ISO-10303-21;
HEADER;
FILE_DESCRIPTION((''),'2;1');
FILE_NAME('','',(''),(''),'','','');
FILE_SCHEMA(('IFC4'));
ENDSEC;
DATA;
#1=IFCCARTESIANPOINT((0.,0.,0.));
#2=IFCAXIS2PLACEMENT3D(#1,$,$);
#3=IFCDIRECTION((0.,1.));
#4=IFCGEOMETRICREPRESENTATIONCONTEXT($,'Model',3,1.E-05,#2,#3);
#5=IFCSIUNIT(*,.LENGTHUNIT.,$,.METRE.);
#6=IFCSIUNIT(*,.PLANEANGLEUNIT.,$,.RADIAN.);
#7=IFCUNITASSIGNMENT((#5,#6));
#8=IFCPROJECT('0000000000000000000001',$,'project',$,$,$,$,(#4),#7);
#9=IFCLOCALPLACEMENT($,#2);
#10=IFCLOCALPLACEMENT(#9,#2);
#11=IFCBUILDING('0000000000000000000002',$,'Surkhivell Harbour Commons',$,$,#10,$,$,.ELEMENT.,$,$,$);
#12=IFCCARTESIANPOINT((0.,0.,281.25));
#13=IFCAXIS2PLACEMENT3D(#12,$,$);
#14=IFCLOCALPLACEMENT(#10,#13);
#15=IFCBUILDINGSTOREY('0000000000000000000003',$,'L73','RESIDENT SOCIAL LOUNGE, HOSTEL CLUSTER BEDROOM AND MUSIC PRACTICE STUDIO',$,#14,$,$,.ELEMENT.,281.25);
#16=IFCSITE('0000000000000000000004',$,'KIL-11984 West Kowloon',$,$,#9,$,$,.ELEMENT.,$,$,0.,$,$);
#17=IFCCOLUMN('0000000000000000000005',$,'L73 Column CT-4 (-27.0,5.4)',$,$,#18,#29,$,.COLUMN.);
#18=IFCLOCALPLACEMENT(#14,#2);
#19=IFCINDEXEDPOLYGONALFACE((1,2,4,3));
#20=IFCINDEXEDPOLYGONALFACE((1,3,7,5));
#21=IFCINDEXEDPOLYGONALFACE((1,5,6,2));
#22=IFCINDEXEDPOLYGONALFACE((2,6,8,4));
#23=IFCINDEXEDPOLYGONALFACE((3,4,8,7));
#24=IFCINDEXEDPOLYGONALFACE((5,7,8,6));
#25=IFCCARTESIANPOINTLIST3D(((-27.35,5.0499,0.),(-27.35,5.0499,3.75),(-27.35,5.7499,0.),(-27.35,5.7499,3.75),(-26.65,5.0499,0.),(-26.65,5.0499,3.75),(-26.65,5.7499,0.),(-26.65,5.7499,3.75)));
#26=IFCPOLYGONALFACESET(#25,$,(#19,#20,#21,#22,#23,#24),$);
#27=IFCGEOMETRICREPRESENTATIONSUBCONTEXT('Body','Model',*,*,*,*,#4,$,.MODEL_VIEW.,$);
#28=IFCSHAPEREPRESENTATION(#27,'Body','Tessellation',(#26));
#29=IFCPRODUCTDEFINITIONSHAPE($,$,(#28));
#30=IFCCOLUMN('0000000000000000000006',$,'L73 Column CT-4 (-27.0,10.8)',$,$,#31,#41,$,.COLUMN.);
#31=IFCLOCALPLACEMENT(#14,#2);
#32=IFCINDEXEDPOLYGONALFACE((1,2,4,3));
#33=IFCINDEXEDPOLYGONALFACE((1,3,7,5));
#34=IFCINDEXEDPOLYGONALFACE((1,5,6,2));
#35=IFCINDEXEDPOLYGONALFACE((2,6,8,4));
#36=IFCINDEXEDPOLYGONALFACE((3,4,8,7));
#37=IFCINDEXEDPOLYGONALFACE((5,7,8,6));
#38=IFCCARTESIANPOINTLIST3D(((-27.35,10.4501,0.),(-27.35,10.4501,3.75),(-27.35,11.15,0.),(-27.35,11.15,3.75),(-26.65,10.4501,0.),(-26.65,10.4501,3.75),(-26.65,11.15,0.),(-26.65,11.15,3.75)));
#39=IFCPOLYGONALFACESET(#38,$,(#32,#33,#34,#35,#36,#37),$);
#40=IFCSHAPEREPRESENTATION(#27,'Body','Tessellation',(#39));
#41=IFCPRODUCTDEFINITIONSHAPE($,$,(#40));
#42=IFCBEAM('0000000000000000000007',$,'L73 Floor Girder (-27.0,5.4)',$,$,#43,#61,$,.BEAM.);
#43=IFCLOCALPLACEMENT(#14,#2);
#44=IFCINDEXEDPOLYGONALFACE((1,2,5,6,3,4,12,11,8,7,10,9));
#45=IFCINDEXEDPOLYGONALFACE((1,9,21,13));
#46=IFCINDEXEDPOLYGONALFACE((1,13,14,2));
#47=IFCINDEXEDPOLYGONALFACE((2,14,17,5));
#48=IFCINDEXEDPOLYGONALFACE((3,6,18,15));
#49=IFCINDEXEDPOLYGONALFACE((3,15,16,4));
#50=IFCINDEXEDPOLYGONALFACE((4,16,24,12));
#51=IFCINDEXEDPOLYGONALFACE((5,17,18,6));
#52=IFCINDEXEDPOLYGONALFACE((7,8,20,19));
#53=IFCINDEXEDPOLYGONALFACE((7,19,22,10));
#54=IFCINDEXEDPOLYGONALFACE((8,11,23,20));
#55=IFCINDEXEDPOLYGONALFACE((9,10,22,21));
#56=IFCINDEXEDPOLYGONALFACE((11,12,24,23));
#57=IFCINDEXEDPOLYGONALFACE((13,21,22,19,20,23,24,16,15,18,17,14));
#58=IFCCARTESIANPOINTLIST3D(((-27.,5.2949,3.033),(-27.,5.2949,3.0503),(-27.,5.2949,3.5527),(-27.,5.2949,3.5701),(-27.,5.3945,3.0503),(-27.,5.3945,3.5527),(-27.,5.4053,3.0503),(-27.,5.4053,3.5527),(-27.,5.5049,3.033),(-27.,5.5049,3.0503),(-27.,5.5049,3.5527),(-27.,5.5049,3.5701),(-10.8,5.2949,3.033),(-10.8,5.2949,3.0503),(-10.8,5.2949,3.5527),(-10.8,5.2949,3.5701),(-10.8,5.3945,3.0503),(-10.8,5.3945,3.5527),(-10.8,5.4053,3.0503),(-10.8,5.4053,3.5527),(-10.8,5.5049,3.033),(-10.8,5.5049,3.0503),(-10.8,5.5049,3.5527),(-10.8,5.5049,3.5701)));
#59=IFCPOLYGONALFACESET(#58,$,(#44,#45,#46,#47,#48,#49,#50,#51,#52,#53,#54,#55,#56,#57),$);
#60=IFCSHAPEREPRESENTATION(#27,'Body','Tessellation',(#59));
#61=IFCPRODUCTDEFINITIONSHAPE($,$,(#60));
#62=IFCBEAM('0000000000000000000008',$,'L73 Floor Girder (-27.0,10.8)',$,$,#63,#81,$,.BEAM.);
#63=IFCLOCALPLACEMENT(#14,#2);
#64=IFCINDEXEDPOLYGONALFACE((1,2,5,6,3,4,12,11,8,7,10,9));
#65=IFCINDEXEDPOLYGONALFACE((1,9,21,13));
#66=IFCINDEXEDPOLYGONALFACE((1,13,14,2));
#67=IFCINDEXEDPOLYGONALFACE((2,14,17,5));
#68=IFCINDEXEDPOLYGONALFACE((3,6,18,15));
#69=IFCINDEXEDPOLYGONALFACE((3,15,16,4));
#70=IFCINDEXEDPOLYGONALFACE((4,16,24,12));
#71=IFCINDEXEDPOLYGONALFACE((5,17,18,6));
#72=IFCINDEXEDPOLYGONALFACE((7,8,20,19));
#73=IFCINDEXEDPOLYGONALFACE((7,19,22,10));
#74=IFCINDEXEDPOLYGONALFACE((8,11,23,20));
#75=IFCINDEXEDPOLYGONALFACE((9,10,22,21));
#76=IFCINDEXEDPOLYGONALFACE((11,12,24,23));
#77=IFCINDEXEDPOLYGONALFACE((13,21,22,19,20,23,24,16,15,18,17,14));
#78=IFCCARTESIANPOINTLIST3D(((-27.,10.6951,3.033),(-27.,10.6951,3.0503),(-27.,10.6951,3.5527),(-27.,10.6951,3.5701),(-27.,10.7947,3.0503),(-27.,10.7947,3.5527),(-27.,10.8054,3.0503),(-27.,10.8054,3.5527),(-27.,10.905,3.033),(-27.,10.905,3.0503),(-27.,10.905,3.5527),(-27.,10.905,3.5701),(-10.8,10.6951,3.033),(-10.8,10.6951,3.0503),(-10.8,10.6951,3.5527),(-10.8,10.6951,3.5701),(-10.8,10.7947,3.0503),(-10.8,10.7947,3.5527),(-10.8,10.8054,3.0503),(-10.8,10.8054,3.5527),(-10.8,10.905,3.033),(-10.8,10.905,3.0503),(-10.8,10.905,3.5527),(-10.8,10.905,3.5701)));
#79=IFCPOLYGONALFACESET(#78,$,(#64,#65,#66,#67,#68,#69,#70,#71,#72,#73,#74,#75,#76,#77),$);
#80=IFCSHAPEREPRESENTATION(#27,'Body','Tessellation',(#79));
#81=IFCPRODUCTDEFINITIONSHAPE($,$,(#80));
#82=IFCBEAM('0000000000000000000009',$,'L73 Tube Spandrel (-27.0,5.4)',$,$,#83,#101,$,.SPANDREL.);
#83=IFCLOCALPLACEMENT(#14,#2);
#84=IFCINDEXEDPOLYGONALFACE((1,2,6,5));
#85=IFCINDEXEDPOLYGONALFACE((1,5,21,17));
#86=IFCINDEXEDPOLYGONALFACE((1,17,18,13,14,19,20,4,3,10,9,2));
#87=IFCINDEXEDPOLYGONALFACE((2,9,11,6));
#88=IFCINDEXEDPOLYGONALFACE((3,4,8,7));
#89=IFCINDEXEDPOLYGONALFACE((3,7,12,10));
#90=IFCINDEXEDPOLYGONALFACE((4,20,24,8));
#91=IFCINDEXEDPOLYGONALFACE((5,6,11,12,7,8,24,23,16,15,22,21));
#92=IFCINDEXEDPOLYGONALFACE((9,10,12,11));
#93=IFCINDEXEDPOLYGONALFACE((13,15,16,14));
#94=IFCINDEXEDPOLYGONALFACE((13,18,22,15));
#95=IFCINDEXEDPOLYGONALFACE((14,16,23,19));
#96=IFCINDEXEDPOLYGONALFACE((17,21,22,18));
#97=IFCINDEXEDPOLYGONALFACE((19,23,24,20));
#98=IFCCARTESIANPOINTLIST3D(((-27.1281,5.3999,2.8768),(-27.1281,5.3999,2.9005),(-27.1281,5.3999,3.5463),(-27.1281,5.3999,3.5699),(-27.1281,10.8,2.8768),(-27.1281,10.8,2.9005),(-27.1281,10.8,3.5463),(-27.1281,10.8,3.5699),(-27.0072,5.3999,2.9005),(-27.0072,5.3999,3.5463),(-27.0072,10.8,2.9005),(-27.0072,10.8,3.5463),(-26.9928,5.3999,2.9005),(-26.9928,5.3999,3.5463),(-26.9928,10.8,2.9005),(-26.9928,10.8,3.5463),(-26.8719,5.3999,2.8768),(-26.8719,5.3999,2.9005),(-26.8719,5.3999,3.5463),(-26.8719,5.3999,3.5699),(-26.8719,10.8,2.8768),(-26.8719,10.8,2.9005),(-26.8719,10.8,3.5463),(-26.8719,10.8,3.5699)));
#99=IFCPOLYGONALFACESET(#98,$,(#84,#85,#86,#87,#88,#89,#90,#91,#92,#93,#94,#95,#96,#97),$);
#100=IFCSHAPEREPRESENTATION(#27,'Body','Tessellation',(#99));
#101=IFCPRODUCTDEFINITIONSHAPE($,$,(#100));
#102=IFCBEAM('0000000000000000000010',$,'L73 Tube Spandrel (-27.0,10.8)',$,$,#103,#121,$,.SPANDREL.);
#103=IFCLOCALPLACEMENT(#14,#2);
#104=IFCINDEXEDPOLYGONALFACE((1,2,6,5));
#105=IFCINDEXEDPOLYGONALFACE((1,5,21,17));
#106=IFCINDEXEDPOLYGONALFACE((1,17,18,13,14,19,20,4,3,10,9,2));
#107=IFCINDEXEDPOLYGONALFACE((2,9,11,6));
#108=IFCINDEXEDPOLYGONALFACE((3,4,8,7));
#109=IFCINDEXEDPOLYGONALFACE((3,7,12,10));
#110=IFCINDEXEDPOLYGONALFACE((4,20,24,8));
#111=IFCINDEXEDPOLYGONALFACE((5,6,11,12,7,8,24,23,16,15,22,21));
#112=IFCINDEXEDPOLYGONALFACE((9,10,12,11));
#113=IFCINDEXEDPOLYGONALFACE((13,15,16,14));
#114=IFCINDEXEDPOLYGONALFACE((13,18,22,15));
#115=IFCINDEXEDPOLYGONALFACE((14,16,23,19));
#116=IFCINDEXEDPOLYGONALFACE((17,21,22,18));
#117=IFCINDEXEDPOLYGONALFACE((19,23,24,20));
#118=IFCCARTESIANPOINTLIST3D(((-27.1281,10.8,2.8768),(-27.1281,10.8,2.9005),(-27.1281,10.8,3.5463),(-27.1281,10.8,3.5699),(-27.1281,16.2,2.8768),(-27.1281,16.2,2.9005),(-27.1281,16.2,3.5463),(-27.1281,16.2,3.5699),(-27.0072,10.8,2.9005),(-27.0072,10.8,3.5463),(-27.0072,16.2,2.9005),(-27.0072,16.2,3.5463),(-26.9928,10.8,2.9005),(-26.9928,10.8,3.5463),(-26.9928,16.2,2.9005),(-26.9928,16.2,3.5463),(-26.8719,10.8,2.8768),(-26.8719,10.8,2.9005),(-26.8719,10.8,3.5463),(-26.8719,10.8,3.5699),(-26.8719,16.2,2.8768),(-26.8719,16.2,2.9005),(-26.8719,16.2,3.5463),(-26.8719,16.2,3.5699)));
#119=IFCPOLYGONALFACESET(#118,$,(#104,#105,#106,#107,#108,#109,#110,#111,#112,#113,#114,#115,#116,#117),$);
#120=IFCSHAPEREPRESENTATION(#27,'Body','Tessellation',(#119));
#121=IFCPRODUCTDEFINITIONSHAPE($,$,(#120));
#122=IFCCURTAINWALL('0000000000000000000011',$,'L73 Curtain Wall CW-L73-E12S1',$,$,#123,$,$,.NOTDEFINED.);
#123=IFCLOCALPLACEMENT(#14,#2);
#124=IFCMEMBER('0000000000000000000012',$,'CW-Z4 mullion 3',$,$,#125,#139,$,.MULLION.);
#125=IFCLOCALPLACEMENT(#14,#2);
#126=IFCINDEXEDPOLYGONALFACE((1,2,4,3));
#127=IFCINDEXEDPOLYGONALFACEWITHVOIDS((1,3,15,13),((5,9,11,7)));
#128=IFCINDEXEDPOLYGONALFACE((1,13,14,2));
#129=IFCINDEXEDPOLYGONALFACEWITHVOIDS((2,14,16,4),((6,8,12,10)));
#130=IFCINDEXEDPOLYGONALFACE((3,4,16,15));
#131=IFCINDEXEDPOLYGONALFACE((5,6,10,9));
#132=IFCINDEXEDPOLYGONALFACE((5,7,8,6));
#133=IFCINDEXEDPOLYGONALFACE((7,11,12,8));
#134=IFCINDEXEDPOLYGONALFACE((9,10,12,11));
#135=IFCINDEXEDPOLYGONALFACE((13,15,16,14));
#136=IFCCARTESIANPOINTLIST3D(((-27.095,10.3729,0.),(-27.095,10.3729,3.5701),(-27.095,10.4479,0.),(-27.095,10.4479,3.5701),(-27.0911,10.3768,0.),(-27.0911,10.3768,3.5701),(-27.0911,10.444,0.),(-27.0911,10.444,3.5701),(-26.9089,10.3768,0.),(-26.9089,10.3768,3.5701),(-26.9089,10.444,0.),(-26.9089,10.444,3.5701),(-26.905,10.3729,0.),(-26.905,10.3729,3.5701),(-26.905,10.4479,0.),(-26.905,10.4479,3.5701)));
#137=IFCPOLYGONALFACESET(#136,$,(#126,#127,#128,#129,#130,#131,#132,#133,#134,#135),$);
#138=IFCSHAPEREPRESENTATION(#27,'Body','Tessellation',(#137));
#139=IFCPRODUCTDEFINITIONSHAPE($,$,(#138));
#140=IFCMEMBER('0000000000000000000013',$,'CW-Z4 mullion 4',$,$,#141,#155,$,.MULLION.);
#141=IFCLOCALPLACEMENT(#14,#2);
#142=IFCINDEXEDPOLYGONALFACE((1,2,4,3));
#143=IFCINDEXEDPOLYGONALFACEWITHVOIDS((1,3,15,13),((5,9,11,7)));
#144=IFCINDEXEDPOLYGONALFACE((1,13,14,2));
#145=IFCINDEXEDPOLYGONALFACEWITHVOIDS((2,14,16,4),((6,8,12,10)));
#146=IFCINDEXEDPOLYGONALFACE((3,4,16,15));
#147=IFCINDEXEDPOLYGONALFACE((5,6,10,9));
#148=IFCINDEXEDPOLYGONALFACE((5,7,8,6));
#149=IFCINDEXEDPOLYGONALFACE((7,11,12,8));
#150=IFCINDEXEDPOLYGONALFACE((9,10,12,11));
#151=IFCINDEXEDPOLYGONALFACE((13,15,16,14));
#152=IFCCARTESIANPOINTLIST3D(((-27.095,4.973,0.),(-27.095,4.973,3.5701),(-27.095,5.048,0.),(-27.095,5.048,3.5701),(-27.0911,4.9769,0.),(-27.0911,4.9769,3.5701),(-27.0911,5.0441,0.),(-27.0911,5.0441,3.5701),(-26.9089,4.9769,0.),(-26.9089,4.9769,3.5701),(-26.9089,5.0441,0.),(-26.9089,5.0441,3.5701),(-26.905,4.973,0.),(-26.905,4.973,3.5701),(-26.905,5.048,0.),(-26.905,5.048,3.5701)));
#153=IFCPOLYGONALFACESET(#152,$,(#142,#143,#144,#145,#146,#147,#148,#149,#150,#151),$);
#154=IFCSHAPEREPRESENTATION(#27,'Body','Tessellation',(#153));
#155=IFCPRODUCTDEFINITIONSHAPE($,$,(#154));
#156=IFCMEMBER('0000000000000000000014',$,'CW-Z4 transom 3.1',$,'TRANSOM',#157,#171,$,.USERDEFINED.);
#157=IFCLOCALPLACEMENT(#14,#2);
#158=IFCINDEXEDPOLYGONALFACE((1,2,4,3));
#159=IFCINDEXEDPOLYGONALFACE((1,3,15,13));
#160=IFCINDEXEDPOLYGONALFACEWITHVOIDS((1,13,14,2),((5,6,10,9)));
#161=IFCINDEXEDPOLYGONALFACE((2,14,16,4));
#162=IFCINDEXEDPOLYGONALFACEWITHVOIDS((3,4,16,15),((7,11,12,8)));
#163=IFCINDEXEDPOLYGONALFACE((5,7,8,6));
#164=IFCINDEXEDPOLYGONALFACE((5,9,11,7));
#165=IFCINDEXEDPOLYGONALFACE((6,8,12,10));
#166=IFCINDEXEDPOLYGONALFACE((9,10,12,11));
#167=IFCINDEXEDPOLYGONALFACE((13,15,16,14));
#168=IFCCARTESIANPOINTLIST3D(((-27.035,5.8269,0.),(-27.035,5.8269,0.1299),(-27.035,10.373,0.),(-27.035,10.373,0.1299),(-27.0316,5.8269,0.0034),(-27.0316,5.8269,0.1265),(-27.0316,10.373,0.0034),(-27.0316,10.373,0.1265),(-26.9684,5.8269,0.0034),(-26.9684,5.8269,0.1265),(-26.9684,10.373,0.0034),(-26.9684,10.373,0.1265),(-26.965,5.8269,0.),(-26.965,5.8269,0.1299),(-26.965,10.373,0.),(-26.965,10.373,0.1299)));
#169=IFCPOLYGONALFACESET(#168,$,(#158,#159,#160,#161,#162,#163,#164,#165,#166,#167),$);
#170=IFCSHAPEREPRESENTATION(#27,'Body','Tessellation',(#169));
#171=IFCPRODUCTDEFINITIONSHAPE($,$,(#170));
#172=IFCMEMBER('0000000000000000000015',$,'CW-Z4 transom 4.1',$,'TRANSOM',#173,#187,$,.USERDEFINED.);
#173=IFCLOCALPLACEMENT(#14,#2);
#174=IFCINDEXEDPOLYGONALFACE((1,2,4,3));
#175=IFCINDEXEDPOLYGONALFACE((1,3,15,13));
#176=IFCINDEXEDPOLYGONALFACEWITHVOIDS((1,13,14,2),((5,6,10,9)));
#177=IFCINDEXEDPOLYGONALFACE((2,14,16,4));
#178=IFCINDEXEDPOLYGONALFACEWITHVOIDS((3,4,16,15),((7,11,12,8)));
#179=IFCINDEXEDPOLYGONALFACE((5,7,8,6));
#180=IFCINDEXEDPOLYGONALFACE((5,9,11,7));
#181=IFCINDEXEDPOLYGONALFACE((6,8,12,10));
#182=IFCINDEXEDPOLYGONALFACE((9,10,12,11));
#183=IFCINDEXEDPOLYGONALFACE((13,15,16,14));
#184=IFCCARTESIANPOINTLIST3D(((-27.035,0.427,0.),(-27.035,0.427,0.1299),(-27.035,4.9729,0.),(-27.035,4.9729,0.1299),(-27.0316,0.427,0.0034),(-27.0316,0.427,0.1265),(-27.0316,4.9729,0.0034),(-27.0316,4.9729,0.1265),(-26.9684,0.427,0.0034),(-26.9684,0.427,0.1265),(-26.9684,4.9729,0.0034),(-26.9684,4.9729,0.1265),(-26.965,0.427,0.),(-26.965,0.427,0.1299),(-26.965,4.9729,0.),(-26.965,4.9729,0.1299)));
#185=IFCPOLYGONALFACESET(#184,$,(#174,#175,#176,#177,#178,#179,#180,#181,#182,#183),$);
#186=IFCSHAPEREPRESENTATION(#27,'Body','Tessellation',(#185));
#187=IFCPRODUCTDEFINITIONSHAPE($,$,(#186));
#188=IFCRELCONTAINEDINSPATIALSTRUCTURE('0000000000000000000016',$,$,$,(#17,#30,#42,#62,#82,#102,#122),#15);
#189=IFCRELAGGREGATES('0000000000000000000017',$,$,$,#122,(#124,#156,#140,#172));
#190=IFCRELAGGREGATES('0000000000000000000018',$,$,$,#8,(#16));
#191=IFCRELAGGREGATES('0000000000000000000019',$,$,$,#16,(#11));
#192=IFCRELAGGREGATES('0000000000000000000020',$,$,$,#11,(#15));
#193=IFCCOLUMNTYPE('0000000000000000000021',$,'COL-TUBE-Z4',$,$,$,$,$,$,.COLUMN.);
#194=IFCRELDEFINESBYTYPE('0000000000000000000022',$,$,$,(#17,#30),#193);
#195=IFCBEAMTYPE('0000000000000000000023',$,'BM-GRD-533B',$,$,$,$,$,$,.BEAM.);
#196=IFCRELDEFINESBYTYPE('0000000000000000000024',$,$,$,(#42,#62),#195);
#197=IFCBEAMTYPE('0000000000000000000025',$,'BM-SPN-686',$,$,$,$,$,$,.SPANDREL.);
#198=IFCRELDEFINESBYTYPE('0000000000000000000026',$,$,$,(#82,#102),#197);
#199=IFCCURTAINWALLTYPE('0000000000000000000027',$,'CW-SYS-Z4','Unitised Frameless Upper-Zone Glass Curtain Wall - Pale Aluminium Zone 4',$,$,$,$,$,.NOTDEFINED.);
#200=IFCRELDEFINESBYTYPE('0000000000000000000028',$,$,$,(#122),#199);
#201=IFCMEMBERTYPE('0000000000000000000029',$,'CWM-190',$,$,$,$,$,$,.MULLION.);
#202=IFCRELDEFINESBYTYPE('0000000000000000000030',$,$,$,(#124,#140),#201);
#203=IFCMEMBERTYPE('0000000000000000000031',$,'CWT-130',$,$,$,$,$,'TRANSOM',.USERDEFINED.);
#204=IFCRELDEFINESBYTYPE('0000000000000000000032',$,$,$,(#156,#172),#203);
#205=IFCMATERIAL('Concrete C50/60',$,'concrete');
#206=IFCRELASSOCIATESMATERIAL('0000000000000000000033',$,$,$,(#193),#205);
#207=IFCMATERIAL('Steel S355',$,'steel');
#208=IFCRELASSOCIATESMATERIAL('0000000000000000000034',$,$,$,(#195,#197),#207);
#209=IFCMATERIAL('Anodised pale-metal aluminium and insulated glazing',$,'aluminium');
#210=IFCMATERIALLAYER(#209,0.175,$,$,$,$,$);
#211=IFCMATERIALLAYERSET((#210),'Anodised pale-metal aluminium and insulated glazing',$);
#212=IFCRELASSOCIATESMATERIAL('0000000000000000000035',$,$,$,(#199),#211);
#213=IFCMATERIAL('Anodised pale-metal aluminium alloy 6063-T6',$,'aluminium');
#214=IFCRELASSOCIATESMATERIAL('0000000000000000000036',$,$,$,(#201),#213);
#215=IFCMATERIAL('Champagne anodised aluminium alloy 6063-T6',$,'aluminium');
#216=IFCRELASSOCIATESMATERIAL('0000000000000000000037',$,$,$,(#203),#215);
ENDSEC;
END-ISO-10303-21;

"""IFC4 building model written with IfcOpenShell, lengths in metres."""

from ifc_helpers import new_model, si_unit, direction, frame, origin, origin_2d, place, context, subcontext, project, spatial, rectangle, hollow_rectangle, i_section, extrude, material, layer, layer_set, material_profile, profile_set, type_object, element, aggregate, save


model = new_model("IFC4")

# Units and contexts
model_context = context("Model", 3, precision=1e-05, world=origin(), true_north=direction((0.0, 1.0)))
body_context = subcontext(model_context, "Body", "Model", "MODEL_VIEW")
ifc_project = project(units=[si_unit("LENGTHUNIT", "METRE"), si_unit("PLANEANGLEUNIT", "RADIAN")], contexts=[model_context])

# Site, building, storey
site_placement = place(None, origin())
site = spatial("IfcSite", under=ifc_project, at=site_placement, Name="KIL-11984 West Kowloon", CompositionType="ELEMENT", RefElevation=0.0)
building_placement = place(site_placement, origin())
building = spatial("IfcBuilding", under=site, at=building_placement, Name="Surkhivell Harbour Commons", CompositionType="ELEMENT")
storey_placement = place(building_placement, frame((0.0, 0.0, 281.25)))
storey = spatial("IfcBuildingStorey", under=building, at=storey_placement, Name="L73", Description="RESIDENT SOCIAL LOUNGE, HOSTEL CLUSTER BEDROOM AND MUSIC PRACTICE STUDIO", CompositionType="ELEMENT", Elevation=281.25)

# Columns
ifc_material_1 = material(Name="Concrete C50/60", Category="concrete")
ifc_material_profile_1 = material_profile(ifc_material_1, rectangle(XDim=0.7, YDim=0.7, at=origin_2d()), Name="RC-COL-700x700")
ifc_profile_set_1 = profile_set([ifc_material_profile_1], Name="Concrete C50/60")
column_type = type_object("IfcColumnType", Name="COL-TUBE-Z4", PredefinedType="COLUMN", material=ifc_profile_set_1)
for number, where, z_axis, x_axis, name in (
    (1, (-27.0, 5.3999, 0.0), (0.0, 0.0, 1.0), (1.0, 0.0, 0.0), "L73 Column CT-4 (-27.0,5.4)"),
    (2, (-27.0, 10.8, 0.0), (0.0, 0.0, 1.0), (1.0, 0.0, 0.0), "L73 Column CT-4 (-27.0,10.8)"),
):
    element("IfcColumn", number, at=place(storey_placement, frame(where, z_axis=z_axis, x_axis=x_axis)), inside=storey, type_object=column_type, Name=name, PredefinedType="COLUMN", context=body_context, shape_type="SweptSolid", body=[
        extrude(rectangle(XDim=0.7, YDim=0.7, at=origin_2d()), origin(), (0.0, 0.0, 1.0), 3.75),
    ])

# Beams
ifc_material_2 = material(Name="Steel S355", Category="steel")
ifc_material_profile_2 = material_profile(ifc_material_2, i_section(OverallWidth=0.21, OverallDepth=0.5371, WebThickness=0.0107, FlangeThickness=0.0173, at=origin_2d()), Name="UB533x210x101")
ifc_profile_set_2 = profile_set([ifc_material_profile_2], Name="Steel S355")
beam_type_1 = type_object("IfcBeamType", Name="BM-GRD-533B", PredefinedType="BEAM", material=ifc_profile_set_2)
for number, where, z_axis, x_axis, name in (
    (3, (-27.0, 5.3999, 3.3015), (1.0, 0.0, 0.0), (0.0, 1.0, 0.0), "L73 Floor Girder (-27.0,5.4)"),
    (4, (-27.0, 10.8, 3.3015), (1.0, 0.0, 0.0), (0.0, 1.0, 0.0), "L73 Floor Girder (-27.0,10.8)"),
):
    element("IfcBeam", number, at=place(storey_placement, frame(where, z_axis=z_axis, x_axis=x_axis)), inside=storey, type_object=beam_type_1, Name=name, PredefinedType="BEAM", context=body_context, shape_type="SweptSolid", body=[
        extrude(i_section(OverallWidth=0.21, OverallDepth=0.5371, WebThickness=0.0107, FlangeThickness=0.0173, at=origin_2d()), origin(), (0.0, 0.0, 1.0), 16.2),
    ])
ifc_material_profile_3 = material_profile(ifc_material_2, i_section(OverallWidth=0.2561, OverallDepth=0.6931, WebThickness=0.0144, FlangeThickness=0.0237, at=origin_2d()), Name="UB686x254x170")
ifc_profile_set_3 = profile_set([ifc_material_profile_3], Name="Steel S355")
beam_type_2 = type_object("IfcBeamType", Name="BM-SPN-686", PredefinedType="SPANDREL", material=ifc_profile_set_3)
beam_1_placement = place(storey_placement, frame((-27.0, 5.3999, 3.2234), z_axis=(0.0, 1.0, 0.0), x_axis=(-1.0, 0.0, 0.0)))
element("IfcBeam", 5, at=beam_1_placement, inside=storey, type_object=beam_type_2, Name="L73 Tube Spandrel (-27.0,5.4)", PredefinedType="SPANDREL", context=body_context, shape_type="SweptSolid", body=[
    extrude(i_section(OverallWidth=0.2561, OverallDepth=0.6931, WebThickness=0.0144, FlangeThickness=0.0237, at=origin_2d()), origin(), (0.0, 0.0, 1.0), 5.4001),
])
beam_2_placement = place(storey_placement, frame((-27.0, 10.8, 3.2234), z_axis=(0.0, 1.0, 0.0), x_axis=(-1.0, 0.0, 0.0)))
element("IfcBeam", 6, at=beam_2_placement, inside=storey, type_object=beam_type_2, Name="L73 Tube Spandrel (-27.0,10.8)", PredefinedType="SPANDREL", context=body_context, shape_type="SweptSolid", body=[
    extrude(i_section(OverallWidth=0.2561, OverallDepth=0.6931, WebThickness=0.0144, FlangeThickness=0.0237, at=origin_2d()), origin(), (0.0, 0.0, 1.0), 5.3999),
])

# Curtain wall, members
ifc_material_3 = material(Name="Anodised pale-metal aluminium and insulated glazing", Category="aluminium")
ifc_layer_1 = layer(ifc_material_3, 0.175)
ifc_layer_set_1 = layer_set([ifc_layer_1], Name="Anodised pale-metal aluminium and insulated glazing")
curtain_wall_type = type_object("IfcCurtainWallType", Name="CW-SYS-Z4", Description="Unitised Frameless Upper-Zone Glass Curtain Wall - Pale Aluminium Zone 4", PredefinedType="NOTDEFINED", material=ifc_layer_set_1)
curtain_wall_placement = place(storey_placement, origin())
curtain_wall = element("IfcCurtainWall", 7, at=curtain_wall_placement, inside=storey, type_object=curtain_wall_type, Name="L73 Curtain Wall CW-L73-E12S1", PredefinedType="NOTDEFINED")
ifc_material_4 = material(Name="Anodised pale-metal aluminium alloy 6063-T6", Category="aluminium")
ifc_material_profile_4 = material_profile(ifc_material_4, hollow_rectangle(XDim=0.075, YDim=0.1899, WallThickness=0.0039, at=origin_2d()), Name="ALU-MULL-75x190")
ifc_profile_set_4 = profile_set([ifc_material_profile_4], Name="Anodised pale-metal aluminium alloy 6063-T6")
member_type_1 = type_object("IfcMemberType", Name="CWM-190", PredefinedType="MULLION", material=ifc_profile_set_4)
member_1_placement = place(storey_placement, frame((-27.0, 10.4104, 0.0), z_axis=(0.0, 0.0, 1.0), x_axis=(0.0, -1.0, 0.0)))
member_1 = element("IfcMember", 8, at=member_1_placement, type_object=member_type_1, Name="CW-Z4 mullion 3", PredefinedType="MULLION", context=body_context, shape_type="SweptSolid", body=[
    extrude(hollow_rectangle(XDim=0.075, YDim=0.1899, WallThickness=0.0039, at=origin_2d()), origin(), (0.0, 0.0, 1.0), 3.5701),
])
member_2_placement = place(storey_placement, frame((-27.0, 5.0105, 0.0), z_axis=(0.0, 0.0, 1.0), x_axis=(0.0, -1.0, 0.0)))
member_2 = element("IfcMember", 9, at=member_2_placement, type_object=member_type_1, Name="CW-Z4 mullion 4", PredefinedType="MULLION", context=body_context, shape_type="SweptSolid", body=[
    extrude(hollow_rectangle(XDim=0.075, YDim=0.1899, WallThickness=0.0039, at=origin_2d()), origin(), (0.0, 0.0, 1.0), 3.5701),
])
ifc_material_5 = material(Name="Champagne anodised aluminium alloy 6063-T6", Category="aluminium")
ifc_material_profile_5 = material_profile(ifc_material_5, hollow_rectangle(XDim=0.0701, YDim=0.1299, WallThickness=0.0034, at=origin_2d()), Name="ALU-TRAN-70x130")
ifc_profile_set_5 = profile_set([ifc_material_profile_5], Name="Champagne anodised aluminium alloy 6063-T6")
member_type_2 = type_object("IfcMemberType", Name="CWT-130", ElementType="TRANSOM", PredefinedType="USERDEFINED", material=ifc_profile_set_5)
member_3_placement = place(storey_placement, frame((-27.0, 10.373, 0.0649), z_axis=(0.0, -1.0, 0.0), x_axis=(1.0, 0.0, 0.0)))
member_3 = element("IfcMember", 10, at=member_3_placement, type_object=member_type_2, Name="CW-Z4 transom 3.1", ObjectType="TRANSOM", PredefinedType="USERDEFINED", context=body_context, shape_type="SweptSolid", body=[
    extrude(hollow_rectangle(XDim=0.0701, YDim=0.1299, WallThickness=0.0034, at=origin_2d()), origin(), (0.0, 0.0, 1.0), 4.5461),
])
member_4_placement = place(storey_placement, frame((-27.0, 4.9729, 0.0649), z_axis=(0.0, -1.0, 0.0), x_axis=(1.0, 0.0, 0.0)))
member_4 = element("IfcMember", 11, at=member_4_placement, type_object=member_type_2, Name="CW-Z4 transom 4.1", ObjectType="TRANSOM", PredefinedType="USERDEFINED", context=body_context, shape_type="SweptSolid", body=[
    extrude(hollow_rectangle(XDim=0.0701, YDim=0.1299, WallThickness=0.0034, at=origin_2d()), origin(), (0.0, 0.0, 1.0), 4.5459),
])
aggregate(curtain_wall, [member_1, member_3, member_2, member_4])

save(model, "model.ifc")
